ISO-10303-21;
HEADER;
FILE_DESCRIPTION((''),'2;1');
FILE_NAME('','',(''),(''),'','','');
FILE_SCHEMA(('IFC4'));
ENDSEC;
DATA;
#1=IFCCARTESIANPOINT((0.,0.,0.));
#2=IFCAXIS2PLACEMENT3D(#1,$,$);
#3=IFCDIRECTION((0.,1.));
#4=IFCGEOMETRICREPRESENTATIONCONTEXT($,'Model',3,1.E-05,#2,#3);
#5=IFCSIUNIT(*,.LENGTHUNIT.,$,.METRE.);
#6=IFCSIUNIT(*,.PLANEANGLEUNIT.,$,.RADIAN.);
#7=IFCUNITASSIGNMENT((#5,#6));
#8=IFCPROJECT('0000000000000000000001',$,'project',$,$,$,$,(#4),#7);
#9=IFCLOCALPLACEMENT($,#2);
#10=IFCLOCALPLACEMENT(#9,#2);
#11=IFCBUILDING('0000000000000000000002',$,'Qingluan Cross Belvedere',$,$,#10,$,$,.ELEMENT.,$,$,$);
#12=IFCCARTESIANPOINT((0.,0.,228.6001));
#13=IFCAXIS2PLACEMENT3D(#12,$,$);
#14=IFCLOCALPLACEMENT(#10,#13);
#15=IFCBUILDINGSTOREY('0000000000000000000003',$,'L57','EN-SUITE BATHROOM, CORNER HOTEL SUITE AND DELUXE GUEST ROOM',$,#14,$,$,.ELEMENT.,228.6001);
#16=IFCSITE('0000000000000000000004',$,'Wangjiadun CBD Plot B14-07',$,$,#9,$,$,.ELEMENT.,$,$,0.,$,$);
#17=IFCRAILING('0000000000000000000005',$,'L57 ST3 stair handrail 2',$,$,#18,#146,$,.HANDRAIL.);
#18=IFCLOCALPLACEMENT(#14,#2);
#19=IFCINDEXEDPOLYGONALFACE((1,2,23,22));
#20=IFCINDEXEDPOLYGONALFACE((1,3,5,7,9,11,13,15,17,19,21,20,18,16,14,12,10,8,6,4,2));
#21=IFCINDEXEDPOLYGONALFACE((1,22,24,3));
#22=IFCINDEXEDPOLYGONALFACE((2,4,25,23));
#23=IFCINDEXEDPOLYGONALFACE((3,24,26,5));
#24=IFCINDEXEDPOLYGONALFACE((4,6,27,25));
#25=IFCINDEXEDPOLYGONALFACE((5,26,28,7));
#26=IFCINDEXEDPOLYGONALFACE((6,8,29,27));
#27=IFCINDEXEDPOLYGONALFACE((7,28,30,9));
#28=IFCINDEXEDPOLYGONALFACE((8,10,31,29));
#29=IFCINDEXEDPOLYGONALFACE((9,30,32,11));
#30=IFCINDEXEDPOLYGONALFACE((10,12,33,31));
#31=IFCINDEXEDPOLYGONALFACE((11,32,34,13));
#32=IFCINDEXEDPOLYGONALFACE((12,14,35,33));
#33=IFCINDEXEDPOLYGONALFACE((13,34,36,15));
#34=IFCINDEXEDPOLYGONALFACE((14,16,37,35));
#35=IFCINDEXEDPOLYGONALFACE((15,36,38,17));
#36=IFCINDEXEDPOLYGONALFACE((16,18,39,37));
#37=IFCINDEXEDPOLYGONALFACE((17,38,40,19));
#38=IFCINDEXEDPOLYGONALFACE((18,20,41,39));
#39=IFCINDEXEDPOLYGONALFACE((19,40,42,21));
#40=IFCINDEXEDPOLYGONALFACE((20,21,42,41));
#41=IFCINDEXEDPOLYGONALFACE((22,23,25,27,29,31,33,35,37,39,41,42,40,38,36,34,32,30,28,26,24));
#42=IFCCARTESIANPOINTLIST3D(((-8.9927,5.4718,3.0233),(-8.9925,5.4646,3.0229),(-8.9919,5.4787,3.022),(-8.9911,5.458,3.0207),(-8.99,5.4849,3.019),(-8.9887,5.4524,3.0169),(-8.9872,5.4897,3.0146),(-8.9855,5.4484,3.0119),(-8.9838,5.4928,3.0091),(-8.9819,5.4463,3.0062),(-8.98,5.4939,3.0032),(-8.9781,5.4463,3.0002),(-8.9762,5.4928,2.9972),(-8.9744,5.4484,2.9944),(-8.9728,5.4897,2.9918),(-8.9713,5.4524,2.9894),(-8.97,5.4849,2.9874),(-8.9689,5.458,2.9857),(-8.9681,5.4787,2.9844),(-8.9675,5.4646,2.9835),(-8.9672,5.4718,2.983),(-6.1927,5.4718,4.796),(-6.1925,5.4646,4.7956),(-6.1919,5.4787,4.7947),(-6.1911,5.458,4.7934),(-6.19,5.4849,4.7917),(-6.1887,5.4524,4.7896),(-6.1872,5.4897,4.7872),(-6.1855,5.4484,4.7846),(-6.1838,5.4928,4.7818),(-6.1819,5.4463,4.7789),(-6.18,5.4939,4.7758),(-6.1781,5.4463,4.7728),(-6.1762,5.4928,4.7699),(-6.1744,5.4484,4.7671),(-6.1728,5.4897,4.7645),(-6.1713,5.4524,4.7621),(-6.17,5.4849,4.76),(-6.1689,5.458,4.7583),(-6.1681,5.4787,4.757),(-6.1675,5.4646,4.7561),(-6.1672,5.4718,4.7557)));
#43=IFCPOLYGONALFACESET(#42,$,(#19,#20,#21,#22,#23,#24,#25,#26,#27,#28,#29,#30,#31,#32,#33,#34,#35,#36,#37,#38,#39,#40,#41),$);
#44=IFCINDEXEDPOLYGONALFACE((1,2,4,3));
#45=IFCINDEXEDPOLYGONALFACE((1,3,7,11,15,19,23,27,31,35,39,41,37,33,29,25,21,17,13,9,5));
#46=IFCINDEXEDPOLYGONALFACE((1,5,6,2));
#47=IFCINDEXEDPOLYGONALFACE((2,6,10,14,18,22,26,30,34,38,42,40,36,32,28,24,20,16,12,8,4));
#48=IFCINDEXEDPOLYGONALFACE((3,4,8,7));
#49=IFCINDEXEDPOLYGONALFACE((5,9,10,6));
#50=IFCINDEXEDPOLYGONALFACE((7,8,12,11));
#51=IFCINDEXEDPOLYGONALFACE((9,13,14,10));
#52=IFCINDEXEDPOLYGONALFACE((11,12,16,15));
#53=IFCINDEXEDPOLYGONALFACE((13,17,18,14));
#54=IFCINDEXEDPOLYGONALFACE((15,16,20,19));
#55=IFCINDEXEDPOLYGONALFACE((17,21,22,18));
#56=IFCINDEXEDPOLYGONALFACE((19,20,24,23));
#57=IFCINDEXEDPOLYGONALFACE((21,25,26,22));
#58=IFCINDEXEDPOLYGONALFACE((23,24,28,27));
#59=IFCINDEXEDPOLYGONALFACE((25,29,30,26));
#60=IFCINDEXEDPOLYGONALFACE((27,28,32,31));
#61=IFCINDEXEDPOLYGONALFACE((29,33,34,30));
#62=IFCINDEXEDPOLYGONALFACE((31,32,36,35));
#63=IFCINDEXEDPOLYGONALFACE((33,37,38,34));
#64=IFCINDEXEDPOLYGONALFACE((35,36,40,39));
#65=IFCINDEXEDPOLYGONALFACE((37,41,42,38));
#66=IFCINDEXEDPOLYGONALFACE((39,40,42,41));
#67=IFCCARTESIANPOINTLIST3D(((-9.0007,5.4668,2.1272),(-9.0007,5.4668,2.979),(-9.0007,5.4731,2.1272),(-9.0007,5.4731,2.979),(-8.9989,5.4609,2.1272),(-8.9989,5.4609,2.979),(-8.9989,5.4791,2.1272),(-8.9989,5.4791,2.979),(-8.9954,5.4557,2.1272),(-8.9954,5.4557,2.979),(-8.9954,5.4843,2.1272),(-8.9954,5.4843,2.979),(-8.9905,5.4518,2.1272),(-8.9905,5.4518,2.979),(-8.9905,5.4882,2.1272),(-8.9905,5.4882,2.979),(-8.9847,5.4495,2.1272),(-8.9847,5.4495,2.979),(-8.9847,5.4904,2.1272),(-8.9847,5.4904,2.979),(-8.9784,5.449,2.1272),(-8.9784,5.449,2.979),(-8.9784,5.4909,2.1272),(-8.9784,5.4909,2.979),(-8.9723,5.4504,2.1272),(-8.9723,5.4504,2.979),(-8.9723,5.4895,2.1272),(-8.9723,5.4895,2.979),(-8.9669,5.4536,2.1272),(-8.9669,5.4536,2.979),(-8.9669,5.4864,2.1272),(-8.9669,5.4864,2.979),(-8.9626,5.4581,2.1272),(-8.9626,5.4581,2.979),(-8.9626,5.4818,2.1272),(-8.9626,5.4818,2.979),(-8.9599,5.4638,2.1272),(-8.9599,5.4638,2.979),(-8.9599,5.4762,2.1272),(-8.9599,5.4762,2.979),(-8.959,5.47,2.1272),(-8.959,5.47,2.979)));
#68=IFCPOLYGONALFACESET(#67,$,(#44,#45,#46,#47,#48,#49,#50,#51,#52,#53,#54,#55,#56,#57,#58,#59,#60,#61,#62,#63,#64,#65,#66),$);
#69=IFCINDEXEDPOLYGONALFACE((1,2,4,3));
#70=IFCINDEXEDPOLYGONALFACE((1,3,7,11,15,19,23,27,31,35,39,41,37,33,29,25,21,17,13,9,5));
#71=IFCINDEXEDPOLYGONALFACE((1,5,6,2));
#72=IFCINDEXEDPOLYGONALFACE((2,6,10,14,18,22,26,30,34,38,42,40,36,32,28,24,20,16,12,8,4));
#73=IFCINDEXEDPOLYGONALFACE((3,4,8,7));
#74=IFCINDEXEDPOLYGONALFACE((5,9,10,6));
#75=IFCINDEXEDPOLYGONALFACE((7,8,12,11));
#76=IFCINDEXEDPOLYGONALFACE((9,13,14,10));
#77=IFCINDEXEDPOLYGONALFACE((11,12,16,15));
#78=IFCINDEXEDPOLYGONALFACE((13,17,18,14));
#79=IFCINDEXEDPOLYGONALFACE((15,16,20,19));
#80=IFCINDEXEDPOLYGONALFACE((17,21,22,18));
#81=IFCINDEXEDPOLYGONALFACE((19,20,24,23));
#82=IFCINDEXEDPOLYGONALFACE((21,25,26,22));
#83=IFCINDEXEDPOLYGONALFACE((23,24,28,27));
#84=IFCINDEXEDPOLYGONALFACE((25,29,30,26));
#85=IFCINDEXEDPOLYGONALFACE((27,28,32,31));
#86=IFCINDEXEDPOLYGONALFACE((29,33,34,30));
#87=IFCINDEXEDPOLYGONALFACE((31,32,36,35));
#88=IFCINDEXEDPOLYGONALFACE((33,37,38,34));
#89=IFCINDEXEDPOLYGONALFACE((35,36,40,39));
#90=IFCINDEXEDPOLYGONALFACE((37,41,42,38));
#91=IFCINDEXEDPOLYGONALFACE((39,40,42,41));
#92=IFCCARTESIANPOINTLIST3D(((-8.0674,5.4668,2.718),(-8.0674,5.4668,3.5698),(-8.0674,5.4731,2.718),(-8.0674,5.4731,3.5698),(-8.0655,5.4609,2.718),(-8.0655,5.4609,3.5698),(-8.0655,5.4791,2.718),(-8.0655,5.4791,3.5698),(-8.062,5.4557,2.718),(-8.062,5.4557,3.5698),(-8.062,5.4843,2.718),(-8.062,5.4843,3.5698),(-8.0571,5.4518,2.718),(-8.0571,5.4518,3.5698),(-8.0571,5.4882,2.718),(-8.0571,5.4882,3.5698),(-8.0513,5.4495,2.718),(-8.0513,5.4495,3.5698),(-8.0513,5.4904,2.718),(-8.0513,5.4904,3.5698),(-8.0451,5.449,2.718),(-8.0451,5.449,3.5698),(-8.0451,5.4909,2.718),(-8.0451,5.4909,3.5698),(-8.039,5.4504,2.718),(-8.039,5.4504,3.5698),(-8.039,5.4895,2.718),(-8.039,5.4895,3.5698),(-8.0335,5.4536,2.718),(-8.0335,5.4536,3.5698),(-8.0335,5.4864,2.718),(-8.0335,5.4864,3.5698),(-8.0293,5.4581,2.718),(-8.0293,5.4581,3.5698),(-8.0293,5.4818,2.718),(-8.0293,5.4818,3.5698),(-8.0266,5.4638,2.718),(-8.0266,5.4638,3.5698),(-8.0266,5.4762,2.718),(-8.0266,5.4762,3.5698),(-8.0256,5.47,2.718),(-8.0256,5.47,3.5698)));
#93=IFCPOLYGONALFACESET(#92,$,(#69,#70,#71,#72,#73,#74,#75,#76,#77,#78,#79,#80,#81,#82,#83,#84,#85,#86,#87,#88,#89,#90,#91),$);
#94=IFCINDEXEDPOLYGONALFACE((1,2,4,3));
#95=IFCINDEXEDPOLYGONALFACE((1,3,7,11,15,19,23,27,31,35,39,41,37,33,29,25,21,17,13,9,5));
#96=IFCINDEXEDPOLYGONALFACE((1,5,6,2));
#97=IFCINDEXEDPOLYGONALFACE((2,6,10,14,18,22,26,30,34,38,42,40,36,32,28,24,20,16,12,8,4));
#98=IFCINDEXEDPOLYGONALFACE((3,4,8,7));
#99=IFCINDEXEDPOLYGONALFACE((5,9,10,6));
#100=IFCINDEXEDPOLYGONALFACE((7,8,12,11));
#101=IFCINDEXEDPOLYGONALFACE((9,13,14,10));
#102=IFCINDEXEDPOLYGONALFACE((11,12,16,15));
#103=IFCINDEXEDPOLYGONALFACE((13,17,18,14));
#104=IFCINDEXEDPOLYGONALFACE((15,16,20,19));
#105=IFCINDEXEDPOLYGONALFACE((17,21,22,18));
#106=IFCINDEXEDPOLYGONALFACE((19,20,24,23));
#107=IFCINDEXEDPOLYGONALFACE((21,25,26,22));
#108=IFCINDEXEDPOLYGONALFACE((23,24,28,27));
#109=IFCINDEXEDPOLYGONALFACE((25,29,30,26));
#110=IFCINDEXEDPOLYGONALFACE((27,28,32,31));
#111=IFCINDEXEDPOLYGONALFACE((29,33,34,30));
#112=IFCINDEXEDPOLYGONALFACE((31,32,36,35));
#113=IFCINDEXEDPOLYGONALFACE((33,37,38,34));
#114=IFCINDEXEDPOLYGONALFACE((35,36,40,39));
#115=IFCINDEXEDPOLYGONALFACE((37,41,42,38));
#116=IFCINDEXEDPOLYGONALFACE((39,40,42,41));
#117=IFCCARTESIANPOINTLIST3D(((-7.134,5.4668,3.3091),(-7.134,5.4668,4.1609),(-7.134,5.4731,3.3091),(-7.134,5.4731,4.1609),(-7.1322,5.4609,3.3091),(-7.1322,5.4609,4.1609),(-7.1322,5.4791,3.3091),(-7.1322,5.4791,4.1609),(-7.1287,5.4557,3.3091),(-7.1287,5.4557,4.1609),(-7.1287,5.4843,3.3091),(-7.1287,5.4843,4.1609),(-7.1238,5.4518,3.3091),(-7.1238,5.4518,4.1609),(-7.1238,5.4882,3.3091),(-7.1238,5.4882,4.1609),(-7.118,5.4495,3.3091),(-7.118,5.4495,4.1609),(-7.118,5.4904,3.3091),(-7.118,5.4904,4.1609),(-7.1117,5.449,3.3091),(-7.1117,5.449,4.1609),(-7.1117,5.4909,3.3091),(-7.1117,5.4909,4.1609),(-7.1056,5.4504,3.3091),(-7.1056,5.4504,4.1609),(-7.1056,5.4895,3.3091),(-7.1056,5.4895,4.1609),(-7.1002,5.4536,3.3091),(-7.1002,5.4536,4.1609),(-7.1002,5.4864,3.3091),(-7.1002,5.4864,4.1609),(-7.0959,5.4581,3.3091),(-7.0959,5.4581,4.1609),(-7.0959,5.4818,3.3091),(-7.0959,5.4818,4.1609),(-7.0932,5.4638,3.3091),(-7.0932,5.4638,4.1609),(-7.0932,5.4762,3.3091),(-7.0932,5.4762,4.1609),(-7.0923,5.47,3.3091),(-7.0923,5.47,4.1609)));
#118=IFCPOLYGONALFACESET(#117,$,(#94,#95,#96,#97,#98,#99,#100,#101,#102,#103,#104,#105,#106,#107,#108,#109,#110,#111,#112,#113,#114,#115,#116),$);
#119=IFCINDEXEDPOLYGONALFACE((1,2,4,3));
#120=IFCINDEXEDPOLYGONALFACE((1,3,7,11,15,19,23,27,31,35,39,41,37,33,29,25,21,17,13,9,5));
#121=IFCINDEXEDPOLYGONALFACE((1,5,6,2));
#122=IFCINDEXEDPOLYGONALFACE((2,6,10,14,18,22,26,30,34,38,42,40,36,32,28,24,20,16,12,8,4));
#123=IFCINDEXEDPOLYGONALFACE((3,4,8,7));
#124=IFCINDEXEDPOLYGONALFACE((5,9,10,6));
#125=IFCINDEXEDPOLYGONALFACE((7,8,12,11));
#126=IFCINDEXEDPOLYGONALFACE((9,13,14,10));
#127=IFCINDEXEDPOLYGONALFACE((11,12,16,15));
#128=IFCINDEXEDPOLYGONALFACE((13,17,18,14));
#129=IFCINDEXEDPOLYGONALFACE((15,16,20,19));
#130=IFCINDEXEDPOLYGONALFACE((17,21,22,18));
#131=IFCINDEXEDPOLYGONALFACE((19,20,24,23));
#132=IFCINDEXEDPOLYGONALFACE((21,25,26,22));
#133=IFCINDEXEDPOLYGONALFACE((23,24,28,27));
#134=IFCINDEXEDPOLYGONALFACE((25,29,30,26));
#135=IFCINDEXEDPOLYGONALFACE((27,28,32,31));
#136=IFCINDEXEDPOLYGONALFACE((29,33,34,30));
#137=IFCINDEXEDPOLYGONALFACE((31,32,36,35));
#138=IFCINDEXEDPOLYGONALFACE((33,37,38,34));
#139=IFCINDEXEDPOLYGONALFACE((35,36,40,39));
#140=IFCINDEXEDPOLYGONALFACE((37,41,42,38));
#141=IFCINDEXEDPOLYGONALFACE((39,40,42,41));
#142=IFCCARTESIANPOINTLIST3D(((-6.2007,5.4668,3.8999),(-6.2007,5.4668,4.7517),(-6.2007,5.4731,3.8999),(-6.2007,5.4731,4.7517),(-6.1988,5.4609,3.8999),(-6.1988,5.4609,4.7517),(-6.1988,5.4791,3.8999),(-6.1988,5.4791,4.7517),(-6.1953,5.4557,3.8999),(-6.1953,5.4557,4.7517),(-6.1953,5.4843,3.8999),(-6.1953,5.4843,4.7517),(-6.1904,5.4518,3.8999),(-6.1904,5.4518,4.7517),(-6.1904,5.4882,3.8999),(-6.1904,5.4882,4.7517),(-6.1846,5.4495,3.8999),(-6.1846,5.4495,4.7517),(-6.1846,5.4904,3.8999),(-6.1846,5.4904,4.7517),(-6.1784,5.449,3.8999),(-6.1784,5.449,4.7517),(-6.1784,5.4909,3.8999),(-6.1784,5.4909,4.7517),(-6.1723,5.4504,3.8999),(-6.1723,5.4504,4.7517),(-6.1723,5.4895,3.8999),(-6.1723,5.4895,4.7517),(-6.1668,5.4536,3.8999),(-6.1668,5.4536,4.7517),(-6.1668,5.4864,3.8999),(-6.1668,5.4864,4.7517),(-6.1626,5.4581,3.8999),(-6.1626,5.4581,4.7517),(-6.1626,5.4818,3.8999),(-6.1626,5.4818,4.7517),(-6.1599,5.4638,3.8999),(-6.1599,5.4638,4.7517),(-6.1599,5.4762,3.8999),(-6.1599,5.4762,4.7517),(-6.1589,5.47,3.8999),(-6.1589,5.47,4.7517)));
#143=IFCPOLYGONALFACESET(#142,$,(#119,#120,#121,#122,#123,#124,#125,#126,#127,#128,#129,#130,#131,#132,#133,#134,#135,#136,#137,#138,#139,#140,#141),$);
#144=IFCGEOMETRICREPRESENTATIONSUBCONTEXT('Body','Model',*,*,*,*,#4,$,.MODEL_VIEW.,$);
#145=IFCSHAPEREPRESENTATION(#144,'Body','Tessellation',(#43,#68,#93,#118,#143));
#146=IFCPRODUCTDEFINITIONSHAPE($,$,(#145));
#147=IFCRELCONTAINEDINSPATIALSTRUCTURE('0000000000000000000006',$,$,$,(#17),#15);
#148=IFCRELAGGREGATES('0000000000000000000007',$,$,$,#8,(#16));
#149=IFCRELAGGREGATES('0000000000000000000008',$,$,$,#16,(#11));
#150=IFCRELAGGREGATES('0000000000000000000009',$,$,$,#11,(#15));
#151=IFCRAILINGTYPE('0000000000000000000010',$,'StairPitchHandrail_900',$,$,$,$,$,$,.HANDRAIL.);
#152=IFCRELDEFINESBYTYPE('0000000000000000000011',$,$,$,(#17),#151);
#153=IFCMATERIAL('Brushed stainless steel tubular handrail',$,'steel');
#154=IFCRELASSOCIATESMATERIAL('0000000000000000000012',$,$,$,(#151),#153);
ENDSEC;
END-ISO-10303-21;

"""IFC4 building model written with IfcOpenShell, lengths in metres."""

from ifc_helpers import new_model, si_unit, direction, frame, origin, origin_2d, place, context, subcontext, project, spatial, circle, extrude, material, type_object, element, save


model = new_model("IFC4")

# Units and contexts
model_context = context("Model", 3, precision=1e-05, world=origin(), true_north=direction((0.0, 1.0)))
body_context = subcontext(model_context, "Body", "Model", "MODEL_VIEW")
ifc_project = project(units=[si_unit("LENGTHUNIT", "METRE"), si_unit("PLANEANGLEUNIT", "RADIAN")], contexts=[model_context])

# Site, building, storey
site_placement = place(None, origin())
site = spatial("IfcSite", under=ifc_project, at=site_placement, Name="Wangjiadun CBD Plot B14-07", CompositionType="ELEMENT", RefElevation=0.0)
building_placement = place(site_placement, origin())
building = spatial("IfcBuilding", under=site, at=building_placement, Name="Qingluan Cross Belvedere", CompositionType="ELEMENT")
storey_placement = place(building_placement, frame((0.0, 0.0, 228.6001)))
storey = spatial("IfcBuildingStorey", under=building, at=storey_placement, Name="L57", Description="EN-SUITE BATHROOM, CORNER HOTEL SUITE AND DELUXE GUEST ROOM", CompositionType="ELEMENT", Elevation=228.6001)

# Railing
ifc_material_1 = material(Name="Brushed stainless steel tubular handrail", Category="steel")
railing_type_1 = type_object("IfcRailingType", Name="StairPitchHandrail_900", PredefinedType="HANDRAIL", material=ifc_material_1)
railing_1_placement = place(storey_placement, frame((-8.98, 5.47, 2.1272)))
element("IfcRailing", 1, at=railing_1_placement, inside=storey, type_object=railing_type_1, Name="L57 ST3 stair handrail 2", PredefinedType="HANDRAIL", context=body_context, shape_type="SweptSolid", body=[
    extrude(circle(Radius=0.0239, at=origin_2d()), frame((0.0, 0.0, 0.876), z_axis=(0.844909, 0.0, 0.53491), x_axis=(0.0, 1.0, 0.0)), (0.0, 0.0, 1.0), 3.314),
    extrude(circle(Radius=0.021, at=origin_2d()), origin(), (0.0, 0.0, 1.0), 0.8518),
    extrude(circle(Radius=0.021, at=origin_2d()), frame((0.9333, 0.0, 0.5908)), (0.0, 0.0, 1.0), 0.8518),
    extrude(circle(Radius=0.021, at=origin_2d()), frame((1.8667, 0.0, 1.1819)), (0.0, 0.0, 1.0), 0.8518),
    extrude(circle(Radius=0.021, at=origin_2d()), frame((2.8, 0.0, 1.7727)), (0.0, 0.0, 1.0), 0.8518),
])

save(model, "model.ifc")
